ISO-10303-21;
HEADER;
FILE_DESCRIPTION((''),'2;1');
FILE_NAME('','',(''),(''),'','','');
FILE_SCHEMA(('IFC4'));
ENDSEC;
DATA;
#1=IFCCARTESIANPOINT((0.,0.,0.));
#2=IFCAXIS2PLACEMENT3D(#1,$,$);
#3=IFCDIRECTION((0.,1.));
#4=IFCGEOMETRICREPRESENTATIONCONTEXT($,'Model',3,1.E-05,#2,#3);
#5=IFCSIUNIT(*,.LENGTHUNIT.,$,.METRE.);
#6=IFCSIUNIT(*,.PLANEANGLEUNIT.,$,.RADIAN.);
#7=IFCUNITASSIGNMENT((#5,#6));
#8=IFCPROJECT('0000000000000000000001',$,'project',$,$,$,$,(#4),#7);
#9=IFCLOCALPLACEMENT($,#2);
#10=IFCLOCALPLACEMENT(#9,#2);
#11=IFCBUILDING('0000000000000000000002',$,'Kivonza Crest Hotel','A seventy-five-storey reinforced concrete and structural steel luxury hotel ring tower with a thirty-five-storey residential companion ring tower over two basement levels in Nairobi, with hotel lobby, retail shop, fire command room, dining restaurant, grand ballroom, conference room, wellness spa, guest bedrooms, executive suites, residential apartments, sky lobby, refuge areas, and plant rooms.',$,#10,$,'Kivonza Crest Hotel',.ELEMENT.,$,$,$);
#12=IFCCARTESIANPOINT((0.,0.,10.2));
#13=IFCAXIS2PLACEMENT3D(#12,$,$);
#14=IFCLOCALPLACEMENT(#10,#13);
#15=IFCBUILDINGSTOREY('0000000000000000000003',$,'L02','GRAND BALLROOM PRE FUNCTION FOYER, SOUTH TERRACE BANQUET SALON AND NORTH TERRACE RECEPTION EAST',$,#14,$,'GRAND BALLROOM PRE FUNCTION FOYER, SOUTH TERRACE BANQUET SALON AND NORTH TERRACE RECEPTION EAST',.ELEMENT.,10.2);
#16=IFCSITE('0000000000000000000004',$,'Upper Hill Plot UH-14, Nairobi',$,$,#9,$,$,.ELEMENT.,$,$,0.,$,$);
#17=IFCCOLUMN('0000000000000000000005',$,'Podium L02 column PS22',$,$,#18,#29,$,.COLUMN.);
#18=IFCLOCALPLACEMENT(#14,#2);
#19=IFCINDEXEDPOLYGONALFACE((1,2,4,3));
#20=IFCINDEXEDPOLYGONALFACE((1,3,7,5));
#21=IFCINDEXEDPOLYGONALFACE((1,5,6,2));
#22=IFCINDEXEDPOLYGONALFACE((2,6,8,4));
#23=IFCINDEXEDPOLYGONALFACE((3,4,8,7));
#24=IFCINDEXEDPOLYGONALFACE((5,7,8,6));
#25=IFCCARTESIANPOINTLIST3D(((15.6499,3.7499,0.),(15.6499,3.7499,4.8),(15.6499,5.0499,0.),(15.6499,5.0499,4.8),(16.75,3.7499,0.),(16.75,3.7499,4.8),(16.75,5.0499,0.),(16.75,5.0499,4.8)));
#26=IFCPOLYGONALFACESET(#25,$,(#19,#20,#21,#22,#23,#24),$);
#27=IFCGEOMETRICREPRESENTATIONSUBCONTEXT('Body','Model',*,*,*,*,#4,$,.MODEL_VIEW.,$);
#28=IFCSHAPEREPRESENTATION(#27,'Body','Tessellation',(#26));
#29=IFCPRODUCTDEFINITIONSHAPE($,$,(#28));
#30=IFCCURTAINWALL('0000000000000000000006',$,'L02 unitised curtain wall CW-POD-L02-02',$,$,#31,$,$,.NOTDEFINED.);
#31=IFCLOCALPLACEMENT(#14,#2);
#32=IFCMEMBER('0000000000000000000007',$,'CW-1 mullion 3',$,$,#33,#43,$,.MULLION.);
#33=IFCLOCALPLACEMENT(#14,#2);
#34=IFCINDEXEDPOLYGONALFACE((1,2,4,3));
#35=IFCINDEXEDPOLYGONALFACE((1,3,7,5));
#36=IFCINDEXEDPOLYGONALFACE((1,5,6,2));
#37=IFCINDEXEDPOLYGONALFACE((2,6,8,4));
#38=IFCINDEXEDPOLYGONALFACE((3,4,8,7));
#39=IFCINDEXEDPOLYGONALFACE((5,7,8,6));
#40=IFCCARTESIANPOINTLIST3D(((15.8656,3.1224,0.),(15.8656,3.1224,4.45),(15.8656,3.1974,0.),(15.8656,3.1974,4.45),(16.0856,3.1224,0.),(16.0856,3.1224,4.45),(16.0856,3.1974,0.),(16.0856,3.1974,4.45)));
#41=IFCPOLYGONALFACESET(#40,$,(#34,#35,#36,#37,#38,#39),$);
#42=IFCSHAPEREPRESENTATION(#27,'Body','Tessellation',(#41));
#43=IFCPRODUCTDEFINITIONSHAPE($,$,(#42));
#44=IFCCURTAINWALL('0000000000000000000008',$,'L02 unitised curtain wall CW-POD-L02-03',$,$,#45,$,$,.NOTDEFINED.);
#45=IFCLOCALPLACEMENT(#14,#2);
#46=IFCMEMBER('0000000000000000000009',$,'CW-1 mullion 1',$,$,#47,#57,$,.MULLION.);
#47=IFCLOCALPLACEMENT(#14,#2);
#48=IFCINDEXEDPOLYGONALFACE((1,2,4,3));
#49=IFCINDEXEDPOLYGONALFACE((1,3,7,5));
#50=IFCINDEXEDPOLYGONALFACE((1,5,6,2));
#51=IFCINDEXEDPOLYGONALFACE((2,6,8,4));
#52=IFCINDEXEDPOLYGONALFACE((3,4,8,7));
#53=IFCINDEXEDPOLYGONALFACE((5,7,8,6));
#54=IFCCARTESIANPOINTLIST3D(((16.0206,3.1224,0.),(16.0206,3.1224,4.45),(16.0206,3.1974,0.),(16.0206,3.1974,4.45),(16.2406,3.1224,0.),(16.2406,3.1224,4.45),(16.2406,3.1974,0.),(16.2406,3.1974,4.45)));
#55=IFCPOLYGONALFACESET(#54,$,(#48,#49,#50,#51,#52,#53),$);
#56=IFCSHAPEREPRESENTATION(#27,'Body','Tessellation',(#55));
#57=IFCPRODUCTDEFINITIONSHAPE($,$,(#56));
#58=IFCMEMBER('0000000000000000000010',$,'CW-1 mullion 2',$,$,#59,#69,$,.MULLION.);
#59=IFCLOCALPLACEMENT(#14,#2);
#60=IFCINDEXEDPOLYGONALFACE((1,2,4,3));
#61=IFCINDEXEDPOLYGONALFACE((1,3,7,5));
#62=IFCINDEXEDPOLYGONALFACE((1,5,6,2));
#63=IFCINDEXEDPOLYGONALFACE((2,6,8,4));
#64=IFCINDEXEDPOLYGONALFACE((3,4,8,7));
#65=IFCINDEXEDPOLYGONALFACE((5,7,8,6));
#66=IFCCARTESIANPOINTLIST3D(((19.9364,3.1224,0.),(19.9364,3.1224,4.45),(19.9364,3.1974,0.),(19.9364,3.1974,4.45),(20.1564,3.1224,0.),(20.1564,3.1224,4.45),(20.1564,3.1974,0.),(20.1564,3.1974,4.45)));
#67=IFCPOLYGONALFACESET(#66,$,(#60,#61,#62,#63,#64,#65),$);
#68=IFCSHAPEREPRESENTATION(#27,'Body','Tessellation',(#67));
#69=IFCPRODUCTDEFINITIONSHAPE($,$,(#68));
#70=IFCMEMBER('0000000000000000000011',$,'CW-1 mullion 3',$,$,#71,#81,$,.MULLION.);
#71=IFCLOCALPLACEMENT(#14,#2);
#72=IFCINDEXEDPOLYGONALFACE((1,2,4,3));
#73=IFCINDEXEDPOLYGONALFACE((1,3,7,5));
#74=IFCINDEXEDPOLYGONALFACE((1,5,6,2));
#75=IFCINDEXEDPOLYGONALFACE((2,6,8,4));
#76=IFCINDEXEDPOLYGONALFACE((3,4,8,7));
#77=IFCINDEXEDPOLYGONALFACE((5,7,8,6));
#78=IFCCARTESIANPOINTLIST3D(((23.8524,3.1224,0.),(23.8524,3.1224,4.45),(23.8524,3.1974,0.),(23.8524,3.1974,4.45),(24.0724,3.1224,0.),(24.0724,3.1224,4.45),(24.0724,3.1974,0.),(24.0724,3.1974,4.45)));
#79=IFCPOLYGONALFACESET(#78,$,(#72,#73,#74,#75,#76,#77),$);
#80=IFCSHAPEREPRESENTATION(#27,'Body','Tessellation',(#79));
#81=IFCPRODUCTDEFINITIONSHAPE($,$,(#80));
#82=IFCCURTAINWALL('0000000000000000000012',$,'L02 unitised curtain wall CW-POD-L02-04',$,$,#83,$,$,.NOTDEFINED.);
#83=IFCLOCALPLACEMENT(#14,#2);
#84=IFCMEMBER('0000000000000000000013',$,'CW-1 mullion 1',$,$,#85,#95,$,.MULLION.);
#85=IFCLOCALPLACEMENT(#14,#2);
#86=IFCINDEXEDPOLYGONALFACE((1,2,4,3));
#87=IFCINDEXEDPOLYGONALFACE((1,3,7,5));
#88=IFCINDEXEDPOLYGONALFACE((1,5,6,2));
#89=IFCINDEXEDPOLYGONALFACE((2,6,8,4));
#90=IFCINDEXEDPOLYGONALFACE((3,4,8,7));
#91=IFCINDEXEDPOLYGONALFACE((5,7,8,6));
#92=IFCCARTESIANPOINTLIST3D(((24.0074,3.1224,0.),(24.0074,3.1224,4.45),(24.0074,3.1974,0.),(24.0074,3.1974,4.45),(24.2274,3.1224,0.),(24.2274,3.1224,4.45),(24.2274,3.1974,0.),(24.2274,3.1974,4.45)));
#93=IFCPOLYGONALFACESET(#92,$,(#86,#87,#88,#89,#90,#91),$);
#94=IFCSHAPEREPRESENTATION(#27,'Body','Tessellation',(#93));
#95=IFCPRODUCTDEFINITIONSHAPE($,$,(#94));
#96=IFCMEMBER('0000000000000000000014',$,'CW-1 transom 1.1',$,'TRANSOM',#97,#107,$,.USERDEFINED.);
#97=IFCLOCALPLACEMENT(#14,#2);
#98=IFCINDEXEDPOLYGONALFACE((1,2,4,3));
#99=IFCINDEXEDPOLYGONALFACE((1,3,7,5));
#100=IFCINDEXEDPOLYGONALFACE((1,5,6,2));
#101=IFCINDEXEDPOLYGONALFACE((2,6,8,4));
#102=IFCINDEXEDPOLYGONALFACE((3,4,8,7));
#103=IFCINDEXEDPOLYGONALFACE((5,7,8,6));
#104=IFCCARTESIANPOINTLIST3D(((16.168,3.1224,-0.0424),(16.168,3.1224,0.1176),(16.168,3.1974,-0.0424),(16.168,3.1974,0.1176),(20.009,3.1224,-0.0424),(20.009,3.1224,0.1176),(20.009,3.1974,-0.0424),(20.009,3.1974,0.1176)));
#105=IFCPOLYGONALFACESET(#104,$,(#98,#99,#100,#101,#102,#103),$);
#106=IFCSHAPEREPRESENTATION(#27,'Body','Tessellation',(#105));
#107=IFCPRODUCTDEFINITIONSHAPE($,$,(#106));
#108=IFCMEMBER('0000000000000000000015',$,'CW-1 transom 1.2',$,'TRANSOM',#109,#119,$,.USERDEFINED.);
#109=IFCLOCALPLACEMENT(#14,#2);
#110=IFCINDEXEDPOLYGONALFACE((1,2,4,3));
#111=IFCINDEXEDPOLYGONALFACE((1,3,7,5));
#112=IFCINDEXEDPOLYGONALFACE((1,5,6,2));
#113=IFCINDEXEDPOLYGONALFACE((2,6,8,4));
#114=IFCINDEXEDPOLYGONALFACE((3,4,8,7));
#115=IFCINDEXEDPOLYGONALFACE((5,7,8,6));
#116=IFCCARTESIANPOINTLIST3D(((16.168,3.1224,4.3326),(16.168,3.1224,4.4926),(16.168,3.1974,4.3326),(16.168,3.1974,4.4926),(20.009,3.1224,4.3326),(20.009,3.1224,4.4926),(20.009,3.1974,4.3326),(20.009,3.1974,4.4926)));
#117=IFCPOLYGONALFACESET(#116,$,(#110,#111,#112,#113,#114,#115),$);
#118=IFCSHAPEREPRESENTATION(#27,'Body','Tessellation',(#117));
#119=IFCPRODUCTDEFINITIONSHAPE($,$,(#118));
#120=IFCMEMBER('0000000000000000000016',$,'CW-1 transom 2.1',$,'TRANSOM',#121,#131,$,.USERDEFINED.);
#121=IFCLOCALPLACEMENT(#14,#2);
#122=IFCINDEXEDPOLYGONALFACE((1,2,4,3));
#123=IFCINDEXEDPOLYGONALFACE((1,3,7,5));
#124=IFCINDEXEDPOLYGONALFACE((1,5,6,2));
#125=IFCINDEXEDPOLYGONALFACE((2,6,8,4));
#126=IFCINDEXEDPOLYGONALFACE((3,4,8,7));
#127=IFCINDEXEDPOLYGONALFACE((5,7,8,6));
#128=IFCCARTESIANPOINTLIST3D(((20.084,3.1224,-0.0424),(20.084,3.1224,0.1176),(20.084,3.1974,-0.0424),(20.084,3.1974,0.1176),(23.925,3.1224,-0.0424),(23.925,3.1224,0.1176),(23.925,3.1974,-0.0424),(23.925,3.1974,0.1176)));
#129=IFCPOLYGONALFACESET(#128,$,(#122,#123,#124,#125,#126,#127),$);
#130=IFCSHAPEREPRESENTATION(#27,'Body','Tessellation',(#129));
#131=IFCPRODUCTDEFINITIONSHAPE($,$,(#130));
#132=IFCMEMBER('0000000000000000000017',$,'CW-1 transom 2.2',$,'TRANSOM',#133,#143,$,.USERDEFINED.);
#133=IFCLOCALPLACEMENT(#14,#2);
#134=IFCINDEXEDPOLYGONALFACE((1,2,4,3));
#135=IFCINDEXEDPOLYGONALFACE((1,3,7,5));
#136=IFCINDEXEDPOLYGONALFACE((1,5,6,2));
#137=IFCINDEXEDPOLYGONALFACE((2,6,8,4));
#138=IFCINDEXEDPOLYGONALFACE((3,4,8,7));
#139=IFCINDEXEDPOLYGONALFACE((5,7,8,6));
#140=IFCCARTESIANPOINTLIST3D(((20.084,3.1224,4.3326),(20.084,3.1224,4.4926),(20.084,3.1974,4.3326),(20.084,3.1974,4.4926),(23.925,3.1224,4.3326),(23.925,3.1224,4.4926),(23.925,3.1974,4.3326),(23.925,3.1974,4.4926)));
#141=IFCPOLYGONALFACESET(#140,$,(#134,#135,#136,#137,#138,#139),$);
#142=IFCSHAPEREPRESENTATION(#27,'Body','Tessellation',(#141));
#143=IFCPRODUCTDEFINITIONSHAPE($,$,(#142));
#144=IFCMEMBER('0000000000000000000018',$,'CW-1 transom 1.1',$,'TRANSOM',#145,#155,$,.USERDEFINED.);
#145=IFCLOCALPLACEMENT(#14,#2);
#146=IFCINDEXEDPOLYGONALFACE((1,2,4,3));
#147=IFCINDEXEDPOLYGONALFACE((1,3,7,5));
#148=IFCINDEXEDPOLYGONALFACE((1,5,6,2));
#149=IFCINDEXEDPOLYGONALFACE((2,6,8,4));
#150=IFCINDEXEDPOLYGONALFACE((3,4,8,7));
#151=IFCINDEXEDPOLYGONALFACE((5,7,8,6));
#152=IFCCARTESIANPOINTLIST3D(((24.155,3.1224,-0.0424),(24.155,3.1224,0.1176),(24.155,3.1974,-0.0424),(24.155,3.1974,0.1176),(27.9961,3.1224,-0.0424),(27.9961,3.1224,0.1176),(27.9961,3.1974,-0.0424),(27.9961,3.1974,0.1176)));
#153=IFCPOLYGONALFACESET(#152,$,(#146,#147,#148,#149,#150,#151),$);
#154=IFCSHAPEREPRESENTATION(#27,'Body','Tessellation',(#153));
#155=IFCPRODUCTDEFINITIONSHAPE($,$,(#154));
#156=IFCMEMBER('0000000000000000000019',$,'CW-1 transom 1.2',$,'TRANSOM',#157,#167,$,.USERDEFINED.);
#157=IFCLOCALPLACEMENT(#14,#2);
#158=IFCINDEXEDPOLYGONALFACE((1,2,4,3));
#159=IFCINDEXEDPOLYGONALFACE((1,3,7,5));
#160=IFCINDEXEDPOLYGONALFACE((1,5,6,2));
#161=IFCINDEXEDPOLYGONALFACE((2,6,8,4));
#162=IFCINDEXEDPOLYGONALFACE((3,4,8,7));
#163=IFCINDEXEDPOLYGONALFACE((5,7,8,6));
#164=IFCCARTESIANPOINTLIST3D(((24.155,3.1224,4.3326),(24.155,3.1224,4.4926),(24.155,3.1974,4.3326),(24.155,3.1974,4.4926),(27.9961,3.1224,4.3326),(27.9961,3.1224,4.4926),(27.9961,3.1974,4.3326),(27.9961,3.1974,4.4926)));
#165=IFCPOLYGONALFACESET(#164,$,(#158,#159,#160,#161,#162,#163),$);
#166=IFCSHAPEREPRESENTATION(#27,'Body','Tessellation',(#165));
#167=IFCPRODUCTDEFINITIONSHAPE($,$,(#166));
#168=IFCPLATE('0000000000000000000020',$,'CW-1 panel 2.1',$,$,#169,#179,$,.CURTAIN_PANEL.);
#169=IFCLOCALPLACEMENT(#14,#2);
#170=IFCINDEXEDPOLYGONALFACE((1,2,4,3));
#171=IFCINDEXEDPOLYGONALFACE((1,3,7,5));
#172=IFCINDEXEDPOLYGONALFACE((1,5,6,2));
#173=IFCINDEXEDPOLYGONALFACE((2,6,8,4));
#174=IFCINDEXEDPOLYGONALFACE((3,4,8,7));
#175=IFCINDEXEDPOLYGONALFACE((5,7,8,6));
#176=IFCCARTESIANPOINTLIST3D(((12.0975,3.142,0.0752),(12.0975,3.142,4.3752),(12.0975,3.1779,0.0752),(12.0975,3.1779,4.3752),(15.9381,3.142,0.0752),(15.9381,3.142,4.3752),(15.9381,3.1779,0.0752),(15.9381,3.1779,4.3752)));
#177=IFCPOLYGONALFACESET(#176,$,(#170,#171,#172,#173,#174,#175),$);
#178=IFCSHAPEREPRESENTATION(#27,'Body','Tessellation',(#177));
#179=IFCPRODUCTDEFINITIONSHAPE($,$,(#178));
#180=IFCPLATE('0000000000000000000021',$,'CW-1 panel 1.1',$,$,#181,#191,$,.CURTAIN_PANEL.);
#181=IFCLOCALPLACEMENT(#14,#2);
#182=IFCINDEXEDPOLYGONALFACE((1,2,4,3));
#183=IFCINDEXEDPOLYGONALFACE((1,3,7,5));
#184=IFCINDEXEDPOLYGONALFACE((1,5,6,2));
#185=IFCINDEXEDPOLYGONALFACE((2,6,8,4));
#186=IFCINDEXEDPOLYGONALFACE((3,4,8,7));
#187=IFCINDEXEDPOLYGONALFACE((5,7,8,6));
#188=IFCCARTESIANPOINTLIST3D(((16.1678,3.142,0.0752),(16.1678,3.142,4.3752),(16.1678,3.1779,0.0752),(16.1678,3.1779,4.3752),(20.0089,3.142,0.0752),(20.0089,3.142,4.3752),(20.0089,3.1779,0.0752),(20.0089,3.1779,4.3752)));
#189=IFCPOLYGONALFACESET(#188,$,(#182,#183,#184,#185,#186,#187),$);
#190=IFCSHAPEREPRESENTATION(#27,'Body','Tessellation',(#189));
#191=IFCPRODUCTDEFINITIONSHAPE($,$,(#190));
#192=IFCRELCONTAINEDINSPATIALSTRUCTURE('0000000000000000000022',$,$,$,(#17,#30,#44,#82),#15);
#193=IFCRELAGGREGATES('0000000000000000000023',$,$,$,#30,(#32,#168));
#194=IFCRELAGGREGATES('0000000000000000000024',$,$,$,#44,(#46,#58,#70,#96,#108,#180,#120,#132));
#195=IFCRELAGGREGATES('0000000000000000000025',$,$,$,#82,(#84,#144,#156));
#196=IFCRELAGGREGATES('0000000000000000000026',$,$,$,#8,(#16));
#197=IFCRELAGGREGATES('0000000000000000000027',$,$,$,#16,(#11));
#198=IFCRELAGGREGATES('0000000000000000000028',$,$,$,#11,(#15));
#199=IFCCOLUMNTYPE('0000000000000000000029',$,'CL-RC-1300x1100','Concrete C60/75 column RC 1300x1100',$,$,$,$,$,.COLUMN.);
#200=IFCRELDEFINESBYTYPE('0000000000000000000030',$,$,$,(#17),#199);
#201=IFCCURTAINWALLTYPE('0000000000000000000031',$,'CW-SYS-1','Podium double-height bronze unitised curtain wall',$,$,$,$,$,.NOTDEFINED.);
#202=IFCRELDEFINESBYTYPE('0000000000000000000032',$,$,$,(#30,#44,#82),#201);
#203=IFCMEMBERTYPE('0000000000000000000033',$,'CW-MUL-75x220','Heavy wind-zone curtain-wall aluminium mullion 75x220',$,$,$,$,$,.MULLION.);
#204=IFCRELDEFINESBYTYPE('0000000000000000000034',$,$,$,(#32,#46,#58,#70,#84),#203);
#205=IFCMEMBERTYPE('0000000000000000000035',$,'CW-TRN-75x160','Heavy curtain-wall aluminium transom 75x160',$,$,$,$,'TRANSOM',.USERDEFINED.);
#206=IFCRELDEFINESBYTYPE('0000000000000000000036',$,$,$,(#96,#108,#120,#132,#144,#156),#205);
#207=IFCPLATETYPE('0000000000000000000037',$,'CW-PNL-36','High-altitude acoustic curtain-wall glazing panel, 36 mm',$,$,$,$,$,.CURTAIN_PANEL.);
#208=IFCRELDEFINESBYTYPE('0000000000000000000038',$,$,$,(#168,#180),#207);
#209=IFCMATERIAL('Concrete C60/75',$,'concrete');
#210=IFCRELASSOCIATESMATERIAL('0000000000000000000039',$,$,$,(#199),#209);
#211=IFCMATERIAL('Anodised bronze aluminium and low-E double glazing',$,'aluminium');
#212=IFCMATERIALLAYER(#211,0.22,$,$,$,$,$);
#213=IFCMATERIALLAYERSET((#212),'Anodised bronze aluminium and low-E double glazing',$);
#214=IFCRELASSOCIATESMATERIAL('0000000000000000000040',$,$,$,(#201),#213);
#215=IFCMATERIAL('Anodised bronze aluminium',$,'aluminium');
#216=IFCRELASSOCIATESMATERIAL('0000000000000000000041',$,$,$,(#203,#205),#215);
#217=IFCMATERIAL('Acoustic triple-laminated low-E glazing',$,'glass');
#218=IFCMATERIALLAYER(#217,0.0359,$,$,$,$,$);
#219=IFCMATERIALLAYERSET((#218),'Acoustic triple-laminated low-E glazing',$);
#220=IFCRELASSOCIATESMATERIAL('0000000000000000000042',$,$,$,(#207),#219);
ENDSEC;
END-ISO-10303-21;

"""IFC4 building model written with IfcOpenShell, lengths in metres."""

from ifc_helpers import new_model, si_unit, direction, frame, origin, origin_2d, place, context, subcontext, project, spatial, rectangle, extrude, material, layer, layer_set, material_profile, profile_set, type_object, element, aggregate, save


model = new_model("IFC4")

# Units and contexts
model_context = context("Model", 3, precision=1e-05, world=origin(), true_north=direction((0.0, 1.0)))
body_context = subcontext(model_context, "Body", "Model", "MODEL_VIEW")
ifc_project = project(units=[si_unit("LENGTHUNIT", "METRE"), si_unit("PLANEANGLEUNIT", "RADIAN")], contexts=[model_context])

# Site, building, storey
site_placement = place(None, origin())
site = spatial("IfcSite", under=ifc_project, at=site_placement, Name="Upper Hill Plot UH-14, Nairobi", CompositionType="ELEMENT", RefElevation=0.0)
building_placement = place(site_placement, origin())
building = spatial("IfcBuilding", under=site, at=building_placement, Name="Kivonza Crest Hotel", Description="A seventy-five-storey reinforced concrete and structural steel luxury hotel ring tower with a thirty-five-storey residential companion ring tower over two basement levels in Nairobi, with hotel lobby, retail shop, fire command room, dining restaurant, grand ballroom, conference room, wellness spa, guest bedrooms, executive suites, residential apartments, sky lobby, refuge areas, and plant rooms.", LongName="Kivonza Crest Hotel", CompositionType="ELEMENT")
storey_placement = place(building_placement, frame((0.0, 0.0, 10.2)))
storey = spatial("IfcBuildingStorey", under=building, at=storey_placement, Name="L02", Description="GRAND BALLROOM PRE FUNCTION FOYER, SOUTH TERRACE BANQUET SALON AND NORTH TERRACE RECEPTION EAST", LongName="GRAND BALLROOM PRE FUNCTION FOYER, SOUTH TERRACE BANQUET SALON AND NORTH TERRACE RECEPTION EAST", CompositionType="ELEMENT", Elevation=10.2)

# Column
ifc_material_1 = material(Name="Concrete C60/75", Category="concrete")
ifc_material_profile_1 = material_profile(ifc_material_1, rectangle(XDim=1.1001, YDim=1.3, at=origin_2d()), Name="RC 1300x1100")
ifc_profile_set_1 = profile_set([ifc_material_profile_1], Name="Concrete C60/75")
column_type = type_object("IfcColumnType", Name="CL-RC-1300x1100", Description="Concrete C60/75 column RC 1300x1100", PredefinedType="COLUMN", material=ifc_profile_set_1)
column_placement = place(storey_placement, frame((16.2, 4.3999, 0.0), z_axis=(0.0, 0.0, 1.0), x_axis=(1.0, 0.0, 0.0)))
element("IfcColumn", 1, at=column_placement, inside=storey, type_object=column_type, Name="Podium L02 column PS22", PredefinedType="COLUMN", context=body_context, shape_type="SweptSolid", body=[
    extrude(rectangle(XDim=1.1001, YDim=1.3, at=origin_2d()), origin(), (0.0, 0.0, 1.0), 4.8),
])

# Curtain wall, member
ifc_material_2 = material(Name="Anodised bronze aluminium and low-E double glazing", Category="aluminium")
ifc_layer_1 = layer(ifc_material_2, 0.22)
ifc_layer_set_1 = layer_set([ifc_layer_1], Name="Anodised bronze aluminium and low-E double glazing")
curtain_wall_type = type_object("IfcCurtainWallType", Name="CW-SYS-1", Description="Podium double-height bronze unitised curtain wall", PredefinedType="NOTDEFINED", material=ifc_layer_set_1)
curtain_wall_1_placement = place(storey_placement, origin())
curtain_wall_1 = element("IfcCurtainWall", 2, at=curtain_wall_1_placement, inside=storey, type_object=curtain_wall_type, Name="L02 unitised curtain wall CW-POD-L02-02", PredefinedType="NOTDEFINED")
ifc_material_3 = material(Name="Anodised bronze aluminium", Category="aluminium")
ifc_material_profile_2 = material_profile(ifc_material_3, rectangle(XDim=0.075, YDim=0.22, at=origin_2d()), Name="CW-M 75x220")
ifc_profile_set_2 = profile_set([ifc_material_profile_2], Name="Anodised bronze aluminium")
member_type_1 = type_object("IfcMemberType", Name="CW-MUL-75x220", Description="Heavy wind-zone curtain-wall aluminium mullion 75x220", PredefinedType="MULLION", material=ifc_profile_set_2)
member_1_placement = place(storey_placement, frame((15.9756, 3.1599, 0.0), z_axis=(0.0, 0.0, 1.0), x_axis=(0.0, 1.0, 0.0)))
member_1 = element("IfcMember", 3, at=member_1_placement, type_object=member_type_1, Name="CW-1 mullion 3", PredefinedType="MULLION", context=body_context, shape_type="SweptSolid", body=[
    extrude(rectangle(XDim=0.075, YDim=0.22, at=origin_2d()), origin(), (0.0, 0.0, 1.0), 4.45),
])

# Curtain wall, members
curtain_wall_2_placement = place(storey_placement, origin())
curtain_wall_2 = element("IfcCurtainWall", 4, at=curtain_wall_2_placement, inside=storey, type_object=curtain_wall_type, Name="L02 unitised curtain wall CW-POD-L02-03", PredefinedType="NOTDEFINED")
member_2_placement = place(storey_placement, frame((16.1306, 3.1599, 0.0), z_axis=(0.0, 0.0, 1.0), x_axis=(0.0, 1.0, 0.0)))
member_2 = element("IfcMember", 5, at=member_2_placement, type_object=member_type_1, Name="CW-1 mullion 1", PredefinedType="MULLION", context=body_context, shape_type="SweptSolid", body=[
    extrude(rectangle(XDim=0.075, YDim=0.22, at=origin_2d()), origin(), (0.0, 0.0, 1.0), 4.45),
])
member_3_placement = place(storey_placement, frame((20.0464, 3.1599, 0.0), z_axis=(0.0, 0.0, 1.0), x_axis=(0.0, 1.0, 0.0)))
member_3 = element("IfcMember", 6, at=member_3_placement, type_object=member_type_1, Name="CW-1 mullion 2", PredefinedType="MULLION", context=body_context, shape_type="SweptSolid", body=[
    extrude(rectangle(XDim=0.075, YDim=0.22, at=origin_2d()), origin(), (0.0, 0.0, 1.0), 4.45),
])
member_4_placement = place(storey_placement, frame((23.9624, 3.1599, 0.0), z_axis=(0.0, 0.0, 1.0), x_axis=(0.0, 1.0, 0.0)))
member_4 = element("IfcMember", 7, at=member_4_placement, type_object=member_type_1, Name="CW-1 mullion 3", PredefinedType="MULLION", context=body_context, shape_type="SweptSolid", body=[
    extrude(rectangle(XDim=0.075, YDim=0.22, at=origin_2d()), origin(), (0.0, 0.0, 1.0), 4.45),
])

# Curtain wall, member
curtain_wall_3_placement = place(storey_placement, origin())
curtain_wall_3 = element("IfcCurtainWall", 8, at=curtain_wall_3_placement, inside=storey, type_object=curtain_wall_type, Name="L02 unitised curtain wall CW-POD-L02-04", PredefinedType="NOTDEFINED")
member_5_placement = place(storey_placement, frame((24.1174, 3.1599, 0.0), z_axis=(0.0, 0.0, 1.0), x_axis=(0.0, 1.0, 0.0)))
member_5 = element("IfcMember", 9, at=member_5_placement, type_object=member_type_1, Name="CW-1 mullion 1", PredefinedType="MULLION", context=body_context, shape_type="SweptSolid", body=[
    extrude(rectangle(XDim=0.075, YDim=0.22, at=origin_2d()), origin(), (0.0, 0.0, 1.0), 4.45),
])

# Members
ifc_material_profile_3 = material_profile(ifc_material_3, rectangle(XDim=0.075, YDim=0.1599, at=origin_2d()), Name="CW-T 75x160")
ifc_profile_set_3 = profile_set([ifc_material_profile_3], Name="Anodised bronze aluminium")
member_type_2 = type_object("IfcMemberType", Name="CW-TRN-75x160", Description="Heavy curtain-wall aluminium transom 75x160", ElementType="TRANSOM", PredefinedType="USERDEFINED", material=ifc_profile_set_3)
member_6_placement = place(storey_placement, frame((16.168, 3.1599, 0.0376), z_axis=(1.0, 0.0, 0.0), x_axis=(0.0, 1.0, 0.0)))
member_6 = element("IfcMember", 10, at=member_6_placement, type_object=member_type_2, Name="CW-1 transom 1.1", ObjectType="TRANSOM", PredefinedType="USERDEFINED", context=body_context, shape_type="SweptSolid", body=[
    extrude(rectangle(XDim=0.075, YDim=0.1599, at=origin_2d()), origin(), (0.0, 0.0, 1.0), 3.8411),
])
member_7_placement = place(storey_placement, frame((16.168, 3.1599, 4.4126), z_axis=(1.0, 0.0, 0.0), x_axis=(0.0, 1.0, 0.0)))
member_7 = element("IfcMember", 11, at=member_7_placement, type_object=member_type_2, Name="CW-1 transom 1.2", ObjectType="TRANSOM", PredefinedType="USERDEFINED", context=body_context, shape_type="SweptSolid", body=[
    extrude(rectangle(XDim=0.075, YDim=0.1599, at=origin_2d()), origin(), (0.0, 0.0, 1.0), 3.8411),
])
member_8_placement = place(storey_placement, frame((20.084, 3.1599, 0.0376), z_axis=(1.0, 0.0, 0.0), x_axis=(0.0, 1.0, 0.0)))
member_8 = element("IfcMember", 12, at=member_8_placement, type_object=member_type_2, Name="CW-1 transom 2.1", ObjectType="TRANSOM", PredefinedType="USERDEFINED", context=body_context, shape_type="SweptSolid", body=[
    extrude(rectangle(XDim=0.075, YDim=0.1599, at=origin_2d()), origin(), (0.0, 0.0, 1.0), 3.8411),
])
member_9_placement = place(storey_placement, frame((20.084, 3.1599, 4.4126), z_axis=(1.0, 0.0, 0.0), x_axis=(0.0, 1.0, 0.0)))
member_9 = element("IfcMember", 13, at=member_9_placement, type_object=member_type_2, Name="CW-1 transom 2.2", ObjectType="TRANSOM", PredefinedType="USERDEFINED", context=body_context, shape_type="SweptSolid", body=[
    extrude(rectangle(XDim=0.075, YDim=0.1599, at=origin_2d()), origin(), (0.0, 0.0, 1.0), 3.8411),
])
member_10_placement = place(storey_placement, frame((24.155, 3.1599, 0.0376), z_axis=(1.0, 0.0, 0.0), x_axis=(0.0, 1.0, 0.0)))
member_10 = element("IfcMember", 14, at=member_10_placement, type_object=member_type_2, Name="CW-1 transom 1.1", ObjectType="TRANSOM", PredefinedType="USERDEFINED", context=body_context, shape_type="SweptSolid", body=[
    extrude(rectangle(XDim=0.075, YDim=0.1599, at=origin_2d()), origin(), (0.0, 0.0, 1.0), 3.8411),
])
member_11_placement = place(storey_placement, frame((24.155, 3.1599, 4.4126), z_axis=(1.0, 0.0, 0.0), x_axis=(0.0, 1.0, 0.0)))
member_11 = element("IfcMember", 15, at=member_11_placement, type_object=member_type_2, Name="CW-1 transom 1.2", ObjectType="TRANSOM", PredefinedType="USERDEFINED", context=body_context, shape_type="SweptSolid", body=[
    extrude(rectangle(XDim=0.075, YDim=0.1599, at=origin_2d()), origin(), (0.0, 0.0, 1.0), 3.8411),
])

# Plates
ifc_material_4 = material(Name="Acoustic triple-laminated low-E glazing", Category="glass")
ifc_layer_2 = layer(ifc_material_4, 0.0359)
ifc_layer_set_2 = layer_set([ifc_layer_2], Name="Acoustic triple-laminated low-E glazing")
plate_type = type_object("IfcPlateType", Name="CW-PNL-36", Description="High-altitude acoustic curtain-wall glazing panel, 36 mm", PredefinedType="CURTAIN_PANEL", material=ifc_layer_set_2)
plate_1_placement = place(storey_placement, frame((14.0178, 3.1599, 0.0752), z_axis=(0.0, 0.0, 1.0), x_axis=(1.0, 0.0, 0.0)))
plate_1 = element("IfcPlate", 16, at=plate_1_placement, type_object=plate_type, Name="CW-1 panel 2.1", PredefinedType="CURTAIN_PANEL", context=body_context, shape_type="SweptSolid", body=[
    extrude(rectangle(XDim=3.8406, YDim=0.0359, at=origin_2d()), origin(), (0.0, 0.0, 1.0), 4.3),
])
aggregate(curtain_wall_1, [member_1, plate_1])
plate_2_placement = place(storey_placement, frame((18.0884, 3.1599, 0.0752), z_axis=(0.0, 0.0, 1.0), x_axis=(1.0, 0.0, 0.0)))
plate_2 = element("IfcPlate", 17, at=plate_2_placement, type_object=plate_type, Name="CW-1 panel 1.1", PredefinedType="CURTAIN_PANEL", context=body_context, shape_type="SweptSolid", body=[
    extrude(rectangle(XDim=3.8411, YDim=0.0359, at=origin_2d()), origin(), (0.0, 0.0, 1.0), 4.3),
])
aggregate(curtain_wall_2, [member_2, member_3, member_4, member_6, member_7, plate_2, member_8, member_9])
aggregate(curtain_wall_3, [member_5, member_10, member_11])

save(model, "model.ifc")
